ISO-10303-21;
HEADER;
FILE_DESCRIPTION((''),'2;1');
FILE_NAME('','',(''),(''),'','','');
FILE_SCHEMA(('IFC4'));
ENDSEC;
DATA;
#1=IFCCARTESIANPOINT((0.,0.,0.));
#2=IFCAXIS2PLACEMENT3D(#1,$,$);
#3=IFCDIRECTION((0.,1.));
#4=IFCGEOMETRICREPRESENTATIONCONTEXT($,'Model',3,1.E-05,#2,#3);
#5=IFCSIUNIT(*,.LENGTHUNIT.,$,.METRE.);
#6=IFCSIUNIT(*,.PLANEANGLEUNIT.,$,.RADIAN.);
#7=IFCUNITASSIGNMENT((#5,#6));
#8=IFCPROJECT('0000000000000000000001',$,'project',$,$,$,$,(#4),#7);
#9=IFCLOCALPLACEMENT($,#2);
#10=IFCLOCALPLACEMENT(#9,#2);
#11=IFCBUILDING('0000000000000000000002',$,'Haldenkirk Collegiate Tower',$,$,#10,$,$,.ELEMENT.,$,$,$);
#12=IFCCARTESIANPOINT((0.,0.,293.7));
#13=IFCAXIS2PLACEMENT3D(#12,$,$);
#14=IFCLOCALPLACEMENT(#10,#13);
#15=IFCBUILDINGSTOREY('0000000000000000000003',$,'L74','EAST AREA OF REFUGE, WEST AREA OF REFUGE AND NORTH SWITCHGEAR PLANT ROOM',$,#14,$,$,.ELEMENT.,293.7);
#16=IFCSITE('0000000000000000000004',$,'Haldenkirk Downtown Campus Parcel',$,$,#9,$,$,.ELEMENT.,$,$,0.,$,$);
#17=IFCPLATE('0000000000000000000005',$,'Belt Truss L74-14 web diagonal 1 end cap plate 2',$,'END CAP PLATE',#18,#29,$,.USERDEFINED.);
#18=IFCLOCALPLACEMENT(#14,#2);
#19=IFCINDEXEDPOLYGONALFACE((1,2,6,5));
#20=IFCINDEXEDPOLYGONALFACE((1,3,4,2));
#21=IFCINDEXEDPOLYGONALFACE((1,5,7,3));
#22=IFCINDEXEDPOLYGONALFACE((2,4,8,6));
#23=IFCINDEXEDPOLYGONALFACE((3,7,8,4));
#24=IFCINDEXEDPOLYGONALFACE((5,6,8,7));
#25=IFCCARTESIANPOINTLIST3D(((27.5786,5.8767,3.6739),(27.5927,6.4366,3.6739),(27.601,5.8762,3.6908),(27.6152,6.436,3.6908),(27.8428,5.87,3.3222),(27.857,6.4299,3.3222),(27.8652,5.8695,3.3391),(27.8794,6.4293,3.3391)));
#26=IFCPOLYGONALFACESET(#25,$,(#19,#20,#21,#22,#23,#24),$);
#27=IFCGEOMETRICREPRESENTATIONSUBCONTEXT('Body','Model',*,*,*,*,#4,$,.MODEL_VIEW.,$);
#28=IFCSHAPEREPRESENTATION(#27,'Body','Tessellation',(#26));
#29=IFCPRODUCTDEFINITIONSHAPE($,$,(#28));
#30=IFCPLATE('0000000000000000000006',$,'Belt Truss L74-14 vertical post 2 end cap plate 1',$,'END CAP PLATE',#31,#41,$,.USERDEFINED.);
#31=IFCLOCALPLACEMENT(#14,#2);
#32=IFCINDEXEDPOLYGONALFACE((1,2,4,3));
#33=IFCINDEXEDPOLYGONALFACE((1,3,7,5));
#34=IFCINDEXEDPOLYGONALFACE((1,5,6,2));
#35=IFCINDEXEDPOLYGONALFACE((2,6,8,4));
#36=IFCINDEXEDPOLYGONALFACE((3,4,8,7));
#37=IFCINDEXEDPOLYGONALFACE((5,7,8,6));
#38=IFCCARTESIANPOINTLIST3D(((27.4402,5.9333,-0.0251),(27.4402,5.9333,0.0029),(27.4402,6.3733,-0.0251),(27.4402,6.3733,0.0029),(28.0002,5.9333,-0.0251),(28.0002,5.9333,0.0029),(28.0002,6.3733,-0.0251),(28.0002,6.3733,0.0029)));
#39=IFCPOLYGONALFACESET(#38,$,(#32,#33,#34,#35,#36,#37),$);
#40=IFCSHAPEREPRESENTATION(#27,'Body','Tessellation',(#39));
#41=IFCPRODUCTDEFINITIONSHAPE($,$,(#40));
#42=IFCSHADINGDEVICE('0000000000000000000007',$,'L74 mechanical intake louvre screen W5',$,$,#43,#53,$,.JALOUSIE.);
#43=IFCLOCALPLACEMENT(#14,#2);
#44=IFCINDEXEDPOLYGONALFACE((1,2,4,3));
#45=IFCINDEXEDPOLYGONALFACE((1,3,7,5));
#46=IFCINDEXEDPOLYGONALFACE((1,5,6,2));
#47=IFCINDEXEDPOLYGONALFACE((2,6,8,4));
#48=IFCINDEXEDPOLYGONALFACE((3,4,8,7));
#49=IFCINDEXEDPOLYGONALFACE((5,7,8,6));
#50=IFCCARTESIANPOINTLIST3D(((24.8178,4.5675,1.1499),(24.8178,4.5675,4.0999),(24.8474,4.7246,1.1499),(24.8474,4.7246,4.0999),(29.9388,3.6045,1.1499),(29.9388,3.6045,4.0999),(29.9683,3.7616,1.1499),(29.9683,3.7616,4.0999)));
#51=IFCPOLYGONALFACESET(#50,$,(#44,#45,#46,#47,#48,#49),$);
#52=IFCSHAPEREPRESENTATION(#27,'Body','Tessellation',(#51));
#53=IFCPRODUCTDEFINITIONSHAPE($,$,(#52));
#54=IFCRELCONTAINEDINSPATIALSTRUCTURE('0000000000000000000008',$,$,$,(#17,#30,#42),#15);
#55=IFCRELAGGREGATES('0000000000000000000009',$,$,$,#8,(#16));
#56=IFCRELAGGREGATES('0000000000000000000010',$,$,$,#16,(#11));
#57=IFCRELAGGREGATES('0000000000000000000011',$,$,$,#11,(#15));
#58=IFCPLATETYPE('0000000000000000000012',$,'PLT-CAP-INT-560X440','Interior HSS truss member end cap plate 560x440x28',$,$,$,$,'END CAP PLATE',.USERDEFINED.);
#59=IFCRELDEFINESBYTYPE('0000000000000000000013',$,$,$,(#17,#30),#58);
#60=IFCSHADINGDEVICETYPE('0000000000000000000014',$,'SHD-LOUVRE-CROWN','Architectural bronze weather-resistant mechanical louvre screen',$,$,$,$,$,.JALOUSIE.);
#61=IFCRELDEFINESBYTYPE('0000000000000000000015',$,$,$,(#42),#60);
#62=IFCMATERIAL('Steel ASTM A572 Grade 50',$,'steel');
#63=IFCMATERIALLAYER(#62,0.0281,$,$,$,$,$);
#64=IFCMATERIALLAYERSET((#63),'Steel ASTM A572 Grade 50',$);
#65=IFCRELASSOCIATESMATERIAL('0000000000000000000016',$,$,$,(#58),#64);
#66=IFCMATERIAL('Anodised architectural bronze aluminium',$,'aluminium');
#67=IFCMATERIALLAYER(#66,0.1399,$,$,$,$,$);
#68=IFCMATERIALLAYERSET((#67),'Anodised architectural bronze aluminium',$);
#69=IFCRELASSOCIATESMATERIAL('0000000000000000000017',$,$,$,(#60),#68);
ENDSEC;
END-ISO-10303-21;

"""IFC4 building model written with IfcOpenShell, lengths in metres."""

from ifc_helpers import new_model, si_unit, direction, frame, origin, origin_2d, place, context, subcontext, project, spatial, rectangle, extrude, source, transform, mapped, material, layer, layer_set, type_object, element, save


model = new_model("IFC4")

# Units and contexts
model_context = context("Model", 3, precision=1e-05, world=origin(), true_north=direction((0.0, 1.0)))
body_context = subcontext(model_context, "Body", "Model", "MODEL_VIEW")
ifc_project = project(units=[si_unit("LENGTHUNIT", "METRE"), si_unit("PLANEANGLEUNIT", "RADIAN")], contexts=[model_context])

# Site, building, storey
site_placement = place(None, origin())
site = spatial("IfcSite", under=ifc_project, at=site_placement, Name="Haldenkirk Downtown Campus Parcel", CompositionType="ELEMENT", RefElevation=0.0)
building_placement = place(site_placement, origin())
building = spatial("IfcBuilding", under=site, at=building_placement, Name="Haldenkirk Collegiate Tower", CompositionType="ELEMENT")
storey_placement = place(building_placement, frame((0.0, 0.0, 293.7)))
storey = spatial("IfcBuildingStorey", under=building, at=storey_placement, Name="L74", Description="EAST AREA OF REFUGE, WEST AREA OF REFUGE AND NORTH SWITCHGEAR PLANT ROOM", CompositionType="ELEMENT", Elevation=293.7)

# Shared definitions
ifc_material_1 = material(Name="Steel ASTM A572 Grade 50", Category="steel")

# Plates
ifc_layer_1 = layer(ifc_material_1, 0.0281)
ifc_layer_set_1 = layer_set([ifc_layer_1], Name="Steel ASTM A572 Grade 50")
plate_type_1 = type_object("IfcPlateType", Name="PLT-CAP-INT-560X440", Description="Interior HSS truss member end cap plate 560x440x28", ElementType="END CAP PLATE", PredefinedType="USERDEFINED", material=ifc_layer_set_1)
shared_shape_1 = source(origin(), body_context, "Body", "SweptSolid", [
    extrude(rectangle(XDim=0.5601, YDim=0.4399, at=origin_2d()), origin(), (0.0, 0.0, 1.0), 0.0281),
])
for number, where, z_axis, x_axis, name in (
    (1, (27.7178, 6.1533, 3.498), (0.79913, -0.020224, 0.600819), (0.0253, 0.99968, 0.0), "Belt Truss L74-14 web diagonal 1 end cap plate 2"),
    (2, (27.7202, 6.1533, 0.0029), (0.0, 0.0, -1.0), (1.0, 0.0, 0.0), "Belt Truss L74-14 vertical post 2 end cap plate 1"),
):
    element("IfcPlate", number, at=place(storey_placement, frame(where, z_axis=z_axis, x_axis=x_axis)), inside=storey, type_object=plate_type_1, Name=name, ObjectType="END CAP PLATE", PredefinedType="USERDEFINED", context=body_context, shape_type="MappedRepresentation", body=[
        mapped(shared_shape_1, transform((0.0, 0.0, 0.0), x_axis=(1.0, 0.0, 0.0), y_axis=(0.0, 1.0, 0.0), z_axis=(0.0, 0.0, 1.0), scale=1.0)),
    ])

# Shading device
ifc_material_2 = material(Name="Anodised architectural bronze aluminium", Category="aluminium")
ifc_layer_2 = layer(ifc_material_2, 0.1399)
ifc_layer_set_2 = layer_set([ifc_layer_2], Name="Anodised architectural bronze aluminium")
shading_device_type = type_object("IfcShadingDeviceType", Name="SHD-LOUVRE-CROWN", Description="Architectural bronze weather-resistant mechanical louvre screen", PredefinedType="JALOUSIE", material=ifc_layer_set_2)
shared_shape_2 = source(origin(), body_context, "Body", "SweptSolid", [
    extrude(rectangle(XDim=5.2107, YDim=0.1599, at=origin_2d()), origin(), (0.0, 0.0, 1.0), 2.95),
])
shading_device_placement = place(storey_placement, frame((27.3931, 4.1646, 1.1499), z_axis=(0.0, 0.0, 1.0), x_axis=(-0.982774, 0.184809, 0.0)))
element("IfcShadingDevice", 3, at=shading_device_placement, inside=storey, type_object=shading_device_type, Name="L74 mechanical intake louvre screen W5", PredefinedType="JALOUSIE", context=body_context, shape_type="MappedRepresentation", body=[
    mapped(shared_shape_2, transform((0.0, 0.0, 0.0), x_axis=(1.0, 0.0, 0.0), y_axis=(0.0, 1.0, 0.0), z_axis=(0.0, 0.0, 1.0), scale=1.0)),
])

save(model, "model.ifc")
